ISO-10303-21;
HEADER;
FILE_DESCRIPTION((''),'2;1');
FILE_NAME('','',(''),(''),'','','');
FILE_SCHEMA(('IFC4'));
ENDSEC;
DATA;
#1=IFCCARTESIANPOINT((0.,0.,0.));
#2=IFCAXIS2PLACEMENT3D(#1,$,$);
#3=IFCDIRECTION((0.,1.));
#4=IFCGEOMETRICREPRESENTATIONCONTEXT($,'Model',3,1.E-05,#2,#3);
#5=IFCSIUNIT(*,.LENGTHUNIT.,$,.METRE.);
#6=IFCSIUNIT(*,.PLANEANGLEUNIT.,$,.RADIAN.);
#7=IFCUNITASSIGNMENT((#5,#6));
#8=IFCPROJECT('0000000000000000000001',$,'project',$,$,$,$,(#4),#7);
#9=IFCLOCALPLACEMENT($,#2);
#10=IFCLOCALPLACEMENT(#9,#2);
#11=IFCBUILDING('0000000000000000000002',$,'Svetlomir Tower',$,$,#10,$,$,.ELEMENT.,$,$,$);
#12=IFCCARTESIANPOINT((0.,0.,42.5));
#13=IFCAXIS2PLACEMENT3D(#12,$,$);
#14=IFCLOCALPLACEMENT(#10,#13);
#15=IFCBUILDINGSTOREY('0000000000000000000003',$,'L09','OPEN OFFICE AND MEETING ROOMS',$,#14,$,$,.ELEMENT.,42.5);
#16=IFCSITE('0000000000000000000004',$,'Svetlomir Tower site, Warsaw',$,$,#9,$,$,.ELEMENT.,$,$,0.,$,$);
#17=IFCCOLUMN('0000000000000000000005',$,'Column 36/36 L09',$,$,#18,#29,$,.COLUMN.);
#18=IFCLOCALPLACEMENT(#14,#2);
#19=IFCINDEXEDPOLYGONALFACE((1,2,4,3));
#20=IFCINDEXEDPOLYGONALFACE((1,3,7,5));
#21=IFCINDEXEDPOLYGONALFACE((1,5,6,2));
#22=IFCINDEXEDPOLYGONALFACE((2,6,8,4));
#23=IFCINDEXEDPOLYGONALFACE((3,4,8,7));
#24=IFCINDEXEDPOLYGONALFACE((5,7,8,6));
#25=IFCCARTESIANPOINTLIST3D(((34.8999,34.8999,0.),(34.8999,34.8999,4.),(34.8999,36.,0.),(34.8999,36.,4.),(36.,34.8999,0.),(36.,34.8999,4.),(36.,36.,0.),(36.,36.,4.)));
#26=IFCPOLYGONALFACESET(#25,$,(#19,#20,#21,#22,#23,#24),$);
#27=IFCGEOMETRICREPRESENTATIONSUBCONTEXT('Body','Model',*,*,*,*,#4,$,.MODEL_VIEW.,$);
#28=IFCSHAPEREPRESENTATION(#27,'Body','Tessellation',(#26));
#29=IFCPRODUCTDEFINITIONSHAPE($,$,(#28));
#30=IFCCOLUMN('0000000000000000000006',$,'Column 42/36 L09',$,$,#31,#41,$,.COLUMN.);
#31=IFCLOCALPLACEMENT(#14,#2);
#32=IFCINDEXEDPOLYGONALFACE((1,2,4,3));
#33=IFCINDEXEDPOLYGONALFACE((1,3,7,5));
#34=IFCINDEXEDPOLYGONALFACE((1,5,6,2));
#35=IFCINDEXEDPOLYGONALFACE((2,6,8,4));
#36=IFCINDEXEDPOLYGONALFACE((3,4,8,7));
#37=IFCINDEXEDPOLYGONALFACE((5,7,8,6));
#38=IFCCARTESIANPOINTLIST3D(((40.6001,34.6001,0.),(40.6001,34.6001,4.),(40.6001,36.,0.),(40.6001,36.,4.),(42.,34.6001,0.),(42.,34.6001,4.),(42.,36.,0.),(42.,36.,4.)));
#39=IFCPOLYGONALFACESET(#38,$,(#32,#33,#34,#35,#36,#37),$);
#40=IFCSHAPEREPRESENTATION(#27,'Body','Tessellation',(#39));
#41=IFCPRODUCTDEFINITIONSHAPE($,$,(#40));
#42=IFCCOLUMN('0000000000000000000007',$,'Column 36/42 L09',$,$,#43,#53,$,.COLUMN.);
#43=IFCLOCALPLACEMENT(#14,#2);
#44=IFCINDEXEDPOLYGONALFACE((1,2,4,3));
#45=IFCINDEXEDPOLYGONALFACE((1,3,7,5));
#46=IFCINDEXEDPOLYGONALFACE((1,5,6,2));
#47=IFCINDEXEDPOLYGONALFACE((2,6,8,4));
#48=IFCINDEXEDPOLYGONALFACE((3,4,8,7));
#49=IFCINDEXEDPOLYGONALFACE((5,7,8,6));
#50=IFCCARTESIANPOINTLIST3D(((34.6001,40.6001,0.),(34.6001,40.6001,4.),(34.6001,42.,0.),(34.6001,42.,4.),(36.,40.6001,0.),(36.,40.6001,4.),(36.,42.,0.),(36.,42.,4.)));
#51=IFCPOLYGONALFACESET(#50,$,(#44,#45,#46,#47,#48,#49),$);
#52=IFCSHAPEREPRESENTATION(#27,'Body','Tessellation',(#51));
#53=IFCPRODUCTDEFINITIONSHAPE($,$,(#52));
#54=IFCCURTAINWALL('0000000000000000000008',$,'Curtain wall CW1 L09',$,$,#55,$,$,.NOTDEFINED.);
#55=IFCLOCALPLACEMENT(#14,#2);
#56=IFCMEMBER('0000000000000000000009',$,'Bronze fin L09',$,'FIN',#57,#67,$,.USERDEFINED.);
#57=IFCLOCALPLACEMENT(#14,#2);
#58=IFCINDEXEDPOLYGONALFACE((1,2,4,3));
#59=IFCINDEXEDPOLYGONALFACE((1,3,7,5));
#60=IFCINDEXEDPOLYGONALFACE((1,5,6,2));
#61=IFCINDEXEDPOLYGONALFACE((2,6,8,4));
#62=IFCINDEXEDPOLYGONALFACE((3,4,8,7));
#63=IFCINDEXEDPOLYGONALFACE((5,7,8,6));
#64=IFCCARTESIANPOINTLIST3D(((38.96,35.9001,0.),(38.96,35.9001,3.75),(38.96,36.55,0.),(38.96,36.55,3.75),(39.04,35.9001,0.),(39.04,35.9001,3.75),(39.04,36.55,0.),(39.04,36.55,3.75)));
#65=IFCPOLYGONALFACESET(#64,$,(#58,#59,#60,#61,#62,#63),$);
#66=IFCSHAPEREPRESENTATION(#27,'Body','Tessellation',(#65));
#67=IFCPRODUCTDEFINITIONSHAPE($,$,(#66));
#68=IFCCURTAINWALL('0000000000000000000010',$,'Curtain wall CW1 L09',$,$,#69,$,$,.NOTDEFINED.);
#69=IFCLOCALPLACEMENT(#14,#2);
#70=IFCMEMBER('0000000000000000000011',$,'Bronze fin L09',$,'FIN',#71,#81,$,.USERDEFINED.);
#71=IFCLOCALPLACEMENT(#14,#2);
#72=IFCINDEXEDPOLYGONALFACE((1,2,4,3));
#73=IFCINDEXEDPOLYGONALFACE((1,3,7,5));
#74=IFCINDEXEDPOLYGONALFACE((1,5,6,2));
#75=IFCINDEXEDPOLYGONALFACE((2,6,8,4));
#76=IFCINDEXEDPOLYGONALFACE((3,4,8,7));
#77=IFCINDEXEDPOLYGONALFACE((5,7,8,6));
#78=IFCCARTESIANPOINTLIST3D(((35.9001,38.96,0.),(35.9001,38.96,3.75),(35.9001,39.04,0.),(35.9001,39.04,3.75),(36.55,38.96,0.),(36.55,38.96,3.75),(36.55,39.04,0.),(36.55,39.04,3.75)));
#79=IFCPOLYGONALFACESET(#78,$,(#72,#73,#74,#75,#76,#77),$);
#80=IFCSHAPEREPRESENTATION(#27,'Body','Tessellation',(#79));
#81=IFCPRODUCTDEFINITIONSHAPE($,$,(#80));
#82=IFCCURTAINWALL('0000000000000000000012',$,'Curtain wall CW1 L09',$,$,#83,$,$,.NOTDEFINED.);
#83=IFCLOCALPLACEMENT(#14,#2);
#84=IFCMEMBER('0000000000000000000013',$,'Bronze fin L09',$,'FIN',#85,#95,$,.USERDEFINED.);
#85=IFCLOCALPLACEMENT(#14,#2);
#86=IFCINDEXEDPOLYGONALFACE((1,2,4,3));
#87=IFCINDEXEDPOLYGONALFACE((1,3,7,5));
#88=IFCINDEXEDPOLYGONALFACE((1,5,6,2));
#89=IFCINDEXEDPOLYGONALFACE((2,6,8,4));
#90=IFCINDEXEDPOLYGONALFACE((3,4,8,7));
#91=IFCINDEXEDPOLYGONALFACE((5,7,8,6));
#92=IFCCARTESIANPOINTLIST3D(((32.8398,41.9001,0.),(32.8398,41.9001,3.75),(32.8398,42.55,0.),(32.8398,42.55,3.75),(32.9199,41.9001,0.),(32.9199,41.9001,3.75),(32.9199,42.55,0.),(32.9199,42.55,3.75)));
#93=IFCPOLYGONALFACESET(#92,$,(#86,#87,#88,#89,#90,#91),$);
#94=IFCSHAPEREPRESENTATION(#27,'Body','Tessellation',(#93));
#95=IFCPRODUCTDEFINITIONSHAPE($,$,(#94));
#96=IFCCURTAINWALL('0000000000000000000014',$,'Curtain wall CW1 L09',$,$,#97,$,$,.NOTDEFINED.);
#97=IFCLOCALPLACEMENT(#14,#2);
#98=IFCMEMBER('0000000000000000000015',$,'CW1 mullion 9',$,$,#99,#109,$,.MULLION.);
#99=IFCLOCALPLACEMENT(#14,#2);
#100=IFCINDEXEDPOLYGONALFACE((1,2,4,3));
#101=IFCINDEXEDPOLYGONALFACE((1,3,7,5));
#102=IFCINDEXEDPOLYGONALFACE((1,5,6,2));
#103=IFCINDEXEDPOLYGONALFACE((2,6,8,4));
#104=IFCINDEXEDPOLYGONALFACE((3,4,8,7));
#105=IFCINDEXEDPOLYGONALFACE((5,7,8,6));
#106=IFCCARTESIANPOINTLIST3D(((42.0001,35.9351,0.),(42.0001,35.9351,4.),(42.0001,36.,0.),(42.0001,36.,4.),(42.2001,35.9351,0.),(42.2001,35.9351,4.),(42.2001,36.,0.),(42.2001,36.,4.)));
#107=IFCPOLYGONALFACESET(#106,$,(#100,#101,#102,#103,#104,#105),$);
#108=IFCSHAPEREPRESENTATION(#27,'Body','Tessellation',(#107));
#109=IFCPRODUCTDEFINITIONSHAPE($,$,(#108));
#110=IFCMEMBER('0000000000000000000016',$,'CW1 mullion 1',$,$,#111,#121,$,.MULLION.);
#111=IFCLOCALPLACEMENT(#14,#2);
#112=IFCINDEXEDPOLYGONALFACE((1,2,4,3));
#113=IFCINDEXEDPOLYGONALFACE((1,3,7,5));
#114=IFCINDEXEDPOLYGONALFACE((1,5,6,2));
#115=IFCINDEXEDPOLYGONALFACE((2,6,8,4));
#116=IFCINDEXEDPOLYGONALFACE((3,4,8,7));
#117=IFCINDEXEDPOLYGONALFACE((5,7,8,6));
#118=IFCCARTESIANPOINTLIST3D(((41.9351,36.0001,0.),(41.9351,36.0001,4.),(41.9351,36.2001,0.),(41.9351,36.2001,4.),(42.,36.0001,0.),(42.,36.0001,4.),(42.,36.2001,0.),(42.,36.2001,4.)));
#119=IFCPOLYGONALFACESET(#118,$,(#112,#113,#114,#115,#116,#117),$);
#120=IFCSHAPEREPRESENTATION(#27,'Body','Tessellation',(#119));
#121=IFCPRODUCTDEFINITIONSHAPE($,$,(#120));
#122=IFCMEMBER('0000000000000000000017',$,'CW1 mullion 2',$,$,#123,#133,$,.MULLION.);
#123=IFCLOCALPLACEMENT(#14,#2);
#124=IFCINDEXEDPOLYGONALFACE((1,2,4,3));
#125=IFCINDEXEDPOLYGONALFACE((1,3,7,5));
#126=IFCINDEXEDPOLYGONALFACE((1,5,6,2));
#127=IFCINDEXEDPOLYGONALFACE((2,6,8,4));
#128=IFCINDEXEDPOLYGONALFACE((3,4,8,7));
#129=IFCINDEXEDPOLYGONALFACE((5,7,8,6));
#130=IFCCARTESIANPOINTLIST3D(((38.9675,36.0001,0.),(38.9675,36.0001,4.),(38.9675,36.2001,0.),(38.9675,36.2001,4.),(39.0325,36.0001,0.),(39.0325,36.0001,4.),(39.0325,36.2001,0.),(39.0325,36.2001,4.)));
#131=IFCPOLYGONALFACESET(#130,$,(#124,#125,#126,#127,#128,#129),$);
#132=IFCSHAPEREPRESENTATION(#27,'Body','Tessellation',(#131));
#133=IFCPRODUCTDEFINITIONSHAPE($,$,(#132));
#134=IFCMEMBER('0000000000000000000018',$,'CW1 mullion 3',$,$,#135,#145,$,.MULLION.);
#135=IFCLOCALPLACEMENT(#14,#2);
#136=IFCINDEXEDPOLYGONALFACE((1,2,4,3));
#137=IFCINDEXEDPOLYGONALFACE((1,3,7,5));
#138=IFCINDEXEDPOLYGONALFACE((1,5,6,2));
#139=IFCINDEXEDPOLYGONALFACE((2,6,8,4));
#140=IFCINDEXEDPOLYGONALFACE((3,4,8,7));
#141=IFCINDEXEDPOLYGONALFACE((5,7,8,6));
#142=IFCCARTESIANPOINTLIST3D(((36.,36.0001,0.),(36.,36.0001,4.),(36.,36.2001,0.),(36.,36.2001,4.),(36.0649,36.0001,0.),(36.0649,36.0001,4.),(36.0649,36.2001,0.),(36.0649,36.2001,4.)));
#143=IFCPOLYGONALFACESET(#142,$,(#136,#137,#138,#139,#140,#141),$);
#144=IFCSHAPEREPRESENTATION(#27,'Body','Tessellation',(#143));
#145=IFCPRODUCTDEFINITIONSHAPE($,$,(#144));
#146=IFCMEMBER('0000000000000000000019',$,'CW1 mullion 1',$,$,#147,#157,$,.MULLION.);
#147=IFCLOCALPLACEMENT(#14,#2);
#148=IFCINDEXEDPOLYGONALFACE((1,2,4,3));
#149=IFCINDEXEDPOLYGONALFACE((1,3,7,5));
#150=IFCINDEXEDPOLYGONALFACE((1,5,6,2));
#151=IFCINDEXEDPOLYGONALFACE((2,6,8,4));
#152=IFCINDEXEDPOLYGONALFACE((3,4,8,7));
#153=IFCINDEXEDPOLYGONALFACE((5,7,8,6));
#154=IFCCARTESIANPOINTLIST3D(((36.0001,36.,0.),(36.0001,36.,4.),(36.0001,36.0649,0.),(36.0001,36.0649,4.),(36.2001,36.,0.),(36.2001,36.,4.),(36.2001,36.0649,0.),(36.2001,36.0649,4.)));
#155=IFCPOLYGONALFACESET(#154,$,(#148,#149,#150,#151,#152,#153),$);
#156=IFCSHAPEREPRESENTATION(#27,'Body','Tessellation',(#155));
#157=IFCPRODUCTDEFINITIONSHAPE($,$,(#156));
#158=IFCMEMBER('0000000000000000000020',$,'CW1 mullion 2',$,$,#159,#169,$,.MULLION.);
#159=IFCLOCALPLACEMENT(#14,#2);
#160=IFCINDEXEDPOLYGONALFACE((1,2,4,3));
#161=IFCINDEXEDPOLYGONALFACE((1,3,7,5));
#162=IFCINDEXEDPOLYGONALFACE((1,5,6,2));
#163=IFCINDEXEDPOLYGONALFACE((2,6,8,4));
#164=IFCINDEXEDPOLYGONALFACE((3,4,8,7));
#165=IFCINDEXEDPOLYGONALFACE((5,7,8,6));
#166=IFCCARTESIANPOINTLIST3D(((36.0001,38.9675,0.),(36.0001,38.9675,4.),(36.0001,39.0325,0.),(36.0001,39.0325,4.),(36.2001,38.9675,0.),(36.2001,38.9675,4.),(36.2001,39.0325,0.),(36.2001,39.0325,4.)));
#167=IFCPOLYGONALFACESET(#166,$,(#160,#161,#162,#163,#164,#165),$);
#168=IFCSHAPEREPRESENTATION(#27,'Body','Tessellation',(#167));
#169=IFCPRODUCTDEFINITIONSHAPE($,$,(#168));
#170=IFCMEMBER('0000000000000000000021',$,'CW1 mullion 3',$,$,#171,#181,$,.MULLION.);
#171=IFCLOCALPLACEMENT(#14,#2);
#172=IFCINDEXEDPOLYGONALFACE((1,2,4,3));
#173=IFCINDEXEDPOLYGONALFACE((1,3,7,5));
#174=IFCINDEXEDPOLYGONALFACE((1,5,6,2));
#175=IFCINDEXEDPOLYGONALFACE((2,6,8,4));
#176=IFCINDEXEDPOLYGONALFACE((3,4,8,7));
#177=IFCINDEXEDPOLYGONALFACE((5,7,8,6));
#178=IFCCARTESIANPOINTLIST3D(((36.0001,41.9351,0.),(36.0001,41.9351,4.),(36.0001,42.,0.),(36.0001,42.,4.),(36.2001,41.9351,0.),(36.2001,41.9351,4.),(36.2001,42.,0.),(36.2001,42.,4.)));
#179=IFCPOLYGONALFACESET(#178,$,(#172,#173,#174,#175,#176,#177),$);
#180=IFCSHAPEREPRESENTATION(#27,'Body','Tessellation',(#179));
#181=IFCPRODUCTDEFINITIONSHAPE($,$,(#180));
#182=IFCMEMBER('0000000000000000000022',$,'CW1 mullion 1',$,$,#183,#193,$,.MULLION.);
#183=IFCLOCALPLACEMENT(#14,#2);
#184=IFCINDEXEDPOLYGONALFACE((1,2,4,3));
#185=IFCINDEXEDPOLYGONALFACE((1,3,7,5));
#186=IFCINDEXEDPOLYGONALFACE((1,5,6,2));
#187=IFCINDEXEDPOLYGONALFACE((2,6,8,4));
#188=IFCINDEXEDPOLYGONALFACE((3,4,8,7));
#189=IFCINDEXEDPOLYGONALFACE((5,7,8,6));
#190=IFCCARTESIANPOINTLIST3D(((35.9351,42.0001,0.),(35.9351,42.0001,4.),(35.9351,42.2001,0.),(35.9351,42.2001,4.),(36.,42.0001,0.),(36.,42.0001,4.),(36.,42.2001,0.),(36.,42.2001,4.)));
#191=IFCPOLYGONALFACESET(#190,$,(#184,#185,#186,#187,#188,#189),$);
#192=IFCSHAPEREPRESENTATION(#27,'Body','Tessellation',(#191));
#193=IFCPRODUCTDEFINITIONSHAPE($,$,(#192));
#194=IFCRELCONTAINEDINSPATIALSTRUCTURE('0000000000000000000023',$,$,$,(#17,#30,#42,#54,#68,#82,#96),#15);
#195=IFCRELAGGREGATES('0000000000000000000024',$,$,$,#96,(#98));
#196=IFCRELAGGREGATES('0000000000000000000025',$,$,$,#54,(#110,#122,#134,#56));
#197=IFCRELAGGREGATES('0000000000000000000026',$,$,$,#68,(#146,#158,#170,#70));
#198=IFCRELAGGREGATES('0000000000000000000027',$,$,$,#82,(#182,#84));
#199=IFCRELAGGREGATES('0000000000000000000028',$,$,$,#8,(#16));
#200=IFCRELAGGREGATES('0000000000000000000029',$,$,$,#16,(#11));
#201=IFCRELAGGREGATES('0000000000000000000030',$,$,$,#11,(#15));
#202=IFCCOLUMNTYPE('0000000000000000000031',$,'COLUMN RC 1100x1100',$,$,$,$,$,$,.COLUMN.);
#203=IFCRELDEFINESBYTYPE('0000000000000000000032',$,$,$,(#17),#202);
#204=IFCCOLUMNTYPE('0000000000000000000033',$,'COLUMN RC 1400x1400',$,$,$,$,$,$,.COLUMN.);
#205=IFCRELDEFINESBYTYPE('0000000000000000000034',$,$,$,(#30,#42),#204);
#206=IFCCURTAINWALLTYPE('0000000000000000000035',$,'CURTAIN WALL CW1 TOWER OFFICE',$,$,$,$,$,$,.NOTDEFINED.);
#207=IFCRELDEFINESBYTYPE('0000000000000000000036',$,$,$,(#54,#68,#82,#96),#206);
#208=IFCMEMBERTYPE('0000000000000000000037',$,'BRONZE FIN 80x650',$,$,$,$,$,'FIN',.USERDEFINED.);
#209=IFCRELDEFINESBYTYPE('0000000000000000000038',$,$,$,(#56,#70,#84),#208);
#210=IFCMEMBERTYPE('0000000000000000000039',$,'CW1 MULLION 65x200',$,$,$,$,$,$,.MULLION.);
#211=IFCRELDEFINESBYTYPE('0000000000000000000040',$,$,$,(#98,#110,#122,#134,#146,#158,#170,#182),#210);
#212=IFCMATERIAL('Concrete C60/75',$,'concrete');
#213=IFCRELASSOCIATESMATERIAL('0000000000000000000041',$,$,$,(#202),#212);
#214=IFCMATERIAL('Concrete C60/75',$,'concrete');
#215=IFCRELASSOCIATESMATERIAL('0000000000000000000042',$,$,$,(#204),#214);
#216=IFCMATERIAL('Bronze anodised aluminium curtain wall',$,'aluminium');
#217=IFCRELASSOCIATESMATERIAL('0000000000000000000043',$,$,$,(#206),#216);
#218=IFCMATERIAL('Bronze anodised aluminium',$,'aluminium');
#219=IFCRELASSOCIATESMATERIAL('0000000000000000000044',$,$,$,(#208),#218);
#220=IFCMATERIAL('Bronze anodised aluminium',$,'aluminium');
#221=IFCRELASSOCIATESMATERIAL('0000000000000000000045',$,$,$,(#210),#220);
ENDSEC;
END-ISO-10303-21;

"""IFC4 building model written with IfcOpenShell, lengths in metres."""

from ifc_helpers import new_model, si_unit, direction, frame, origin, origin_2d, place, context, subcontext, project, spatial, rectangle, extrude, material, material_profile, profile_set, type_object, element, aggregate, save


model = new_model("IFC4")

# Units and contexts
model_context = context("Model", 3, precision=1e-05, world=origin(), true_north=direction((0.0, 1.0)))
body_context = subcontext(model_context, "Body", "Model", "MODEL_VIEW")
ifc_project = project(units=[si_unit("LENGTHUNIT", "METRE"), si_unit("PLANEANGLEUNIT", "RADIAN")], contexts=[model_context])

# Site, building, storey
site_placement = place(None, origin())
site = spatial("IfcSite", under=ifc_project, at=site_placement, Name="Svetlomir Tower site, Warsaw", CompositionType="ELEMENT", RefElevation=0.0)
building_placement = place(site_placement, origin())
building = spatial("IfcBuilding", under=site, at=building_placement, Name="Svetlomir Tower", CompositionType="ELEMENT")
storey_placement = place(building_placement, frame((0.0, 0.0, 42.5)))
storey = spatial("IfcBuildingStorey", under=building, at=storey_placement, Name="L09", Description="OPEN OFFICE AND MEETING ROOMS", CompositionType="ELEMENT", Elevation=42.5)

# Columns
ifc_material_1 = material(Name="Concrete C60/75", Category="concrete")
ifc_material_profile_1 = material_profile(ifc_material_1, rectangle(XDim=1.1001, YDim=1.1001, at=origin_2d()), Name="RC 1100x1100")
ifc_profile_set_1 = profile_set([ifc_material_profile_1], Name="Concrete C60/75")
column_type_1 = type_object("IfcColumnType", Name="COLUMN RC 1100x1100", PredefinedType="COLUMN", material=ifc_profile_set_1)
column_placement = place(storey_placement, frame((35.45, 35.45, 0.0), z_axis=(0.0, 0.0, 1.0), x_axis=(1.0, 0.0, 0.0)))
element("IfcColumn", 1, at=column_placement, inside=storey, type_object=column_type_1, Name="Column 36/36 L09", PredefinedType="COLUMN", context=body_context, shape_type="SweptSolid", body=[
    extrude(rectangle(XDim=1.1001, YDim=1.1001, at=origin_2d()), origin(), (0.0, 0.0, 1.0), 4.0),
])
ifc_material_2 = material(Name="Concrete C60/75", Category="concrete")
ifc_material_profile_2 = material_profile(ifc_material_2, rectangle(XDim=1.3999, YDim=1.3999, at=origin_2d()), Name="RC 1400x1400")
ifc_profile_set_2 = profile_set([ifc_material_profile_2], Name="Concrete C60/75")
column_type_2 = type_object("IfcColumnType", Name="COLUMN RC 1400x1400", PredefinedType="COLUMN", material=ifc_profile_set_2)
for number, where, z_axis, x_axis, name in (
    (2, (41.3, 35.3, 0.0), (0.0, 0.0, 1.0), (1.0, 0.0, 0.0), "Column 42/36 L09"),
    (3, (35.3, 41.3, 0.0), (0.0, 0.0, 1.0), (1.0, 0.0, 0.0), "Column 36/42 L09"),
):
    element("IfcColumn", number, at=place(storey_placement, frame(where, z_axis=z_axis, x_axis=x_axis)), inside=storey, type_object=column_type_2, Name=name, PredefinedType="COLUMN", context=body_context, shape_type="SweptSolid", body=[
        extrude(rectangle(XDim=1.3999, YDim=1.3999, at=origin_2d()), origin(), (0.0, 0.0, 1.0), 4.0),
    ])

# Curtain walls, members
ifc_material_3 = material(Name="Bronze anodised aluminium curtain wall", Category="aluminium")
curtain_wall_type = type_object("IfcCurtainWallType", Name="CURTAIN WALL CW1 TOWER OFFICE", PredefinedType="NOTDEFINED", material=ifc_material_3)
curtain_wall_1_placement = place(storey_placement, origin())
curtain_wall_1 = element("IfcCurtainWall", 4, at=curtain_wall_1_placement, inside=storey, type_object=curtain_wall_type, Name="Curtain wall CW1 L09", PredefinedType="NOTDEFINED")
ifc_material_4 = material(Name="Bronze anodised aluminium", Category="aluminium")
ifc_material_profile_3 = material_profile(ifc_material_4, rectangle(XDim=0.0801, YDim=0.6499, at=origin_2d()), Name="FIN 80x650")
ifc_profile_set_3 = profile_set([ifc_material_profile_3], Name="Bronze anodised aluminium 6063-T6")
member_type_1 = type_object("IfcMemberType", Name="BRONZE FIN 80x650", ElementType="FIN", PredefinedType="USERDEFINED", material=ifc_profile_set_3)
member_1_placement = place(storey_placement, frame((39.0, 36.2251, 0.0), z_axis=(0.0, 0.0, 1.0), x_axis=(1.0, 0.0, 0.0)))
member_1 = element("IfcMember", 5, at=member_1_placement, type_object=member_type_1, Name="Bronze fin L09", ObjectType="FIN", PredefinedType="USERDEFINED", context=body_context, shape_type="SweptSolid", body=[
    extrude(rectangle(XDim=0.0801, YDim=0.6499, at=origin_2d()), origin(), (0.0, 0.0, 1.0), 3.75),
])
curtain_wall_2_placement = place(storey_placement, origin())
curtain_wall_2 = element("IfcCurtainWall", 6, at=curtain_wall_2_placement, inside=storey, type_object=curtain_wall_type, Name="Curtain wall CW1 L09", PredefinedType="NOTDEFINED")
member_2_placement = place(storey_placement, frame((36.2251, 39.0, 0.0), z_axis=(0.0, 0.0, 1.0), x_axis=(0.0, 1.0, 0.0)))
member_2 = element("IfcMember", 7, at=member_2_placement, type_object=member_type_1, Name="Bronze fin L09", ObjectType="FIN", PredefinedType="USERDEFINED", context=body_context, shape_type="SweptSolid", body=[
    extrude(rectangle(XDim=0.0801, YDim=0.6499, at=origin_2d()), origin(), (0.0, 0.0, 1.0), 3.75),
])
curtain_wall_3_placement = place(storey_placement, origin())
curtain_wall_3 = element("IfcCurtainWall", 8, at=curtain_wall_3_placement, inside=storey, type_object=curtain_wall_type, Name="Curtain wall CW1 L09", PredefinedType="NOTDEFINED")
member_3_placement = place(storey_placement, frame((32.8799, 42.2251, 0.0), z_axis=(0.0, 0.0, 1.0), x_axis=(1.0, 0.0, 0.0)))
member_3 = element("IfcMember", 9, at=member_3_placement, type_object=member_type_1, Name="Bronze fin L09", ObjectType="FIN", PredefinedType="USERDEFINED", context=body_context, shape_type="SweptSolid", body=[
    extrude(rectangle(XDim=0.0801, YDim=0.6499, at=origin_2d()), origin(), (0.0, 0.0, 1.0), 3.75),
])
curtain_wall_4_placement = place(storey_placement, origin())
curtain_wall_4 = element("IfcCurtainWall", 10, at=curtain_wall_4_placement, inside=storey, type_object=curtain_wall_type, Name="Curtain wall CW1 L09", PredefinedType="NOTDEFINED")
ifc_material_5 = material(Name="Bronze anodised aluminium", Category="aluminium")
ifc_material_profile_4 = material_profile(ifc_material_5, rectangle(XDim=0.0649, YDim=0.2, at=origin_2d()), Name="AL 65x200")
ifc_profile_set_4 = profile_set([ifc_material_profile_4], Name="Bronze anodised aluminium 6063-T6")
member_type_2 = type_object("IfcMemberType", Name="CW1 MULLION 65x200", PredefinedType="MULLION", material=ifc_profile_set_4)
member_4_placement = place(storey_placement, frame((42.1001, 35.9675, 0.0), z_axis=(0.0, 0.0, 1.0), x_axis=(0.0, 1.0, 0.0)))
member_4 = element("IfcMember", 11, at=member_4_placement, type_object=member_type_2, Name="CW1 mullion 9", PredefinedType="MULLION", context=body_context, shape_type="SweptSolid", body=[
    extrude(rectangle(XDim=0.0649, YDim=0.2, at=origin_2d()), origin(), (0.0, 0.0, 1.0), 4.0),
])
aggregate(curtain_wall_4, [member_4])

# Members
member_5_placement = place(storey_placement, frame((41.9675, 36.1001, 0.0), z_axis=(0.0, 0.0, 1.0), x_axis=(-1.0, 0.0, 0.0)))
member_5 = element("IfcMember", 12, at=member_5_placement, type_object=member_type_2, Name="CW1 mullion 1", PredefinedType="MULLION", context=body_context, shape_type="SweptSolid", body=[
    extrude(rectangle(XDim=0.0649, YDim=0.2, at=origin_2d()), origin(), (0.0, 0.0, 1.0), 4.0),
])
member_6_placement = place(storey_placement, frame((39.0, 36.1001, 0.0), z_axis=(0.0, 0.0, 1.0), x_axis=(-1.0, 0.0, 0.0)))
member_6 = element("IfcMember", 13, at=member_6_placement, type_object=member_type_2, Name="CW1 mullion 2", PredefinedType="MULLION", context=body_context, shape_type="SweptSolid", body=[
    extrude(rectangle(XDim=0.0649, YDim=0.2, at=origin_2d()), origin(), (0.0, 0.0, 1.0), 4.0),
])
member_7_placement = place(storey_placement, frame((36.0325, 36.1001, 0.0), z_axis=(0.0, 0.0, 1.0), x_axis=(-1.0, 0.0, 0.0)))
member_7 = element("IfcMember", 14, at=member_7_placement, type_object=member_type_2, Name="CW1 mullion 3", PredefinedType="MULLION", context=body_context, shape_type="SweptSolid", body=[
    extrude(rectangle(XDim=0.0649, YDim=0.2, at=origin_2d()), origin(), (0.0, 0.0, 1.0), 4.0),
])
member_8_placement = place(storey_placement, frame((36.1001, 36.0325, 0.0), z_axis=(0.0, 0.0, 1.0), x_axis=(0.0, 1.0, 0.0)))
member_8 = element("IfcMember", 15, at=member_8_placement, type_object=member_type_2, Name="CW1 mullion 1", PredefinedType="MULLION", context=body_context, shape_type="SweptSolid", body=[
    extrude(rectangle(XDim=0.0649, YDim=0.2, at=origin_2d()), origin(), (0.0, 0.0, 1.0), 4.0),
])
member_9_placement = place(storey_placement, frame((36.1001, 39.0, 0.0), z_axis=(0.0, 0.0, 1.0), x_axis=(0.0, 1.0, 0.0)))
member_9 = element("IfcMember", 16, at=member_9_placement, type_object=member_type_2, Name="CW1 mullion 2", PredefinedType="MULLION", context=body_context, shape_type="SweptSolid", body=[
    extrude(rectangle(XDim=0.0649, YDim=0.2, at=origin_2d()), origin(), (0.0, 0.0, 1.0), 4.0),
])
member_10_placement = place(storey_placement, frame((36.1001, 41.9675, 0.0), z_axis=(0.0, 0.0, 1.0), x_axis=(0.0, 1.0, 0.0)))
member_10 = element("IfcMember", 17, at=member_10_placement, type_object=member_type_2, Name="CW1 mullion 3", PredefinedType="MULLION", context=body_context, shape_type="SweptSolid", body=[
    extrude(rectangle(XDim=0.0649, YDim=0.2, at=origin_2d()), origin(), (0.0, 0.0, 1.0), 4.0),
])
member_11_placement = place(storey_placement, frame((35.9675, 42.1001, 0.0), z_axis=(0.0, 0.0, 1.0), x_axis=(-1.0, 0.0, 0.0)))
member_11 = element("IfcMember", 18, at=member_11_placement, type_object=member_type_2, Name="CW1 mullion 1", PredefinedType="MULLION", context=body_context, shape_type="SweptSolid", body=[
    extrude(rectangle(XDim=0.0649, YDim=0.2, at=origin_2d()), origin(), (0.0, 0.0, 1.0), 4.0),
])

aggregate(curtain_wall_1, [member_5, member_6, member_7, member_1])
aggregate(curtain_wall_2, [member_8, member_9, member_10, member_2])
aggregate(curtain_wall_3, [member_11, member_3])

save(model, "model.ifc")
